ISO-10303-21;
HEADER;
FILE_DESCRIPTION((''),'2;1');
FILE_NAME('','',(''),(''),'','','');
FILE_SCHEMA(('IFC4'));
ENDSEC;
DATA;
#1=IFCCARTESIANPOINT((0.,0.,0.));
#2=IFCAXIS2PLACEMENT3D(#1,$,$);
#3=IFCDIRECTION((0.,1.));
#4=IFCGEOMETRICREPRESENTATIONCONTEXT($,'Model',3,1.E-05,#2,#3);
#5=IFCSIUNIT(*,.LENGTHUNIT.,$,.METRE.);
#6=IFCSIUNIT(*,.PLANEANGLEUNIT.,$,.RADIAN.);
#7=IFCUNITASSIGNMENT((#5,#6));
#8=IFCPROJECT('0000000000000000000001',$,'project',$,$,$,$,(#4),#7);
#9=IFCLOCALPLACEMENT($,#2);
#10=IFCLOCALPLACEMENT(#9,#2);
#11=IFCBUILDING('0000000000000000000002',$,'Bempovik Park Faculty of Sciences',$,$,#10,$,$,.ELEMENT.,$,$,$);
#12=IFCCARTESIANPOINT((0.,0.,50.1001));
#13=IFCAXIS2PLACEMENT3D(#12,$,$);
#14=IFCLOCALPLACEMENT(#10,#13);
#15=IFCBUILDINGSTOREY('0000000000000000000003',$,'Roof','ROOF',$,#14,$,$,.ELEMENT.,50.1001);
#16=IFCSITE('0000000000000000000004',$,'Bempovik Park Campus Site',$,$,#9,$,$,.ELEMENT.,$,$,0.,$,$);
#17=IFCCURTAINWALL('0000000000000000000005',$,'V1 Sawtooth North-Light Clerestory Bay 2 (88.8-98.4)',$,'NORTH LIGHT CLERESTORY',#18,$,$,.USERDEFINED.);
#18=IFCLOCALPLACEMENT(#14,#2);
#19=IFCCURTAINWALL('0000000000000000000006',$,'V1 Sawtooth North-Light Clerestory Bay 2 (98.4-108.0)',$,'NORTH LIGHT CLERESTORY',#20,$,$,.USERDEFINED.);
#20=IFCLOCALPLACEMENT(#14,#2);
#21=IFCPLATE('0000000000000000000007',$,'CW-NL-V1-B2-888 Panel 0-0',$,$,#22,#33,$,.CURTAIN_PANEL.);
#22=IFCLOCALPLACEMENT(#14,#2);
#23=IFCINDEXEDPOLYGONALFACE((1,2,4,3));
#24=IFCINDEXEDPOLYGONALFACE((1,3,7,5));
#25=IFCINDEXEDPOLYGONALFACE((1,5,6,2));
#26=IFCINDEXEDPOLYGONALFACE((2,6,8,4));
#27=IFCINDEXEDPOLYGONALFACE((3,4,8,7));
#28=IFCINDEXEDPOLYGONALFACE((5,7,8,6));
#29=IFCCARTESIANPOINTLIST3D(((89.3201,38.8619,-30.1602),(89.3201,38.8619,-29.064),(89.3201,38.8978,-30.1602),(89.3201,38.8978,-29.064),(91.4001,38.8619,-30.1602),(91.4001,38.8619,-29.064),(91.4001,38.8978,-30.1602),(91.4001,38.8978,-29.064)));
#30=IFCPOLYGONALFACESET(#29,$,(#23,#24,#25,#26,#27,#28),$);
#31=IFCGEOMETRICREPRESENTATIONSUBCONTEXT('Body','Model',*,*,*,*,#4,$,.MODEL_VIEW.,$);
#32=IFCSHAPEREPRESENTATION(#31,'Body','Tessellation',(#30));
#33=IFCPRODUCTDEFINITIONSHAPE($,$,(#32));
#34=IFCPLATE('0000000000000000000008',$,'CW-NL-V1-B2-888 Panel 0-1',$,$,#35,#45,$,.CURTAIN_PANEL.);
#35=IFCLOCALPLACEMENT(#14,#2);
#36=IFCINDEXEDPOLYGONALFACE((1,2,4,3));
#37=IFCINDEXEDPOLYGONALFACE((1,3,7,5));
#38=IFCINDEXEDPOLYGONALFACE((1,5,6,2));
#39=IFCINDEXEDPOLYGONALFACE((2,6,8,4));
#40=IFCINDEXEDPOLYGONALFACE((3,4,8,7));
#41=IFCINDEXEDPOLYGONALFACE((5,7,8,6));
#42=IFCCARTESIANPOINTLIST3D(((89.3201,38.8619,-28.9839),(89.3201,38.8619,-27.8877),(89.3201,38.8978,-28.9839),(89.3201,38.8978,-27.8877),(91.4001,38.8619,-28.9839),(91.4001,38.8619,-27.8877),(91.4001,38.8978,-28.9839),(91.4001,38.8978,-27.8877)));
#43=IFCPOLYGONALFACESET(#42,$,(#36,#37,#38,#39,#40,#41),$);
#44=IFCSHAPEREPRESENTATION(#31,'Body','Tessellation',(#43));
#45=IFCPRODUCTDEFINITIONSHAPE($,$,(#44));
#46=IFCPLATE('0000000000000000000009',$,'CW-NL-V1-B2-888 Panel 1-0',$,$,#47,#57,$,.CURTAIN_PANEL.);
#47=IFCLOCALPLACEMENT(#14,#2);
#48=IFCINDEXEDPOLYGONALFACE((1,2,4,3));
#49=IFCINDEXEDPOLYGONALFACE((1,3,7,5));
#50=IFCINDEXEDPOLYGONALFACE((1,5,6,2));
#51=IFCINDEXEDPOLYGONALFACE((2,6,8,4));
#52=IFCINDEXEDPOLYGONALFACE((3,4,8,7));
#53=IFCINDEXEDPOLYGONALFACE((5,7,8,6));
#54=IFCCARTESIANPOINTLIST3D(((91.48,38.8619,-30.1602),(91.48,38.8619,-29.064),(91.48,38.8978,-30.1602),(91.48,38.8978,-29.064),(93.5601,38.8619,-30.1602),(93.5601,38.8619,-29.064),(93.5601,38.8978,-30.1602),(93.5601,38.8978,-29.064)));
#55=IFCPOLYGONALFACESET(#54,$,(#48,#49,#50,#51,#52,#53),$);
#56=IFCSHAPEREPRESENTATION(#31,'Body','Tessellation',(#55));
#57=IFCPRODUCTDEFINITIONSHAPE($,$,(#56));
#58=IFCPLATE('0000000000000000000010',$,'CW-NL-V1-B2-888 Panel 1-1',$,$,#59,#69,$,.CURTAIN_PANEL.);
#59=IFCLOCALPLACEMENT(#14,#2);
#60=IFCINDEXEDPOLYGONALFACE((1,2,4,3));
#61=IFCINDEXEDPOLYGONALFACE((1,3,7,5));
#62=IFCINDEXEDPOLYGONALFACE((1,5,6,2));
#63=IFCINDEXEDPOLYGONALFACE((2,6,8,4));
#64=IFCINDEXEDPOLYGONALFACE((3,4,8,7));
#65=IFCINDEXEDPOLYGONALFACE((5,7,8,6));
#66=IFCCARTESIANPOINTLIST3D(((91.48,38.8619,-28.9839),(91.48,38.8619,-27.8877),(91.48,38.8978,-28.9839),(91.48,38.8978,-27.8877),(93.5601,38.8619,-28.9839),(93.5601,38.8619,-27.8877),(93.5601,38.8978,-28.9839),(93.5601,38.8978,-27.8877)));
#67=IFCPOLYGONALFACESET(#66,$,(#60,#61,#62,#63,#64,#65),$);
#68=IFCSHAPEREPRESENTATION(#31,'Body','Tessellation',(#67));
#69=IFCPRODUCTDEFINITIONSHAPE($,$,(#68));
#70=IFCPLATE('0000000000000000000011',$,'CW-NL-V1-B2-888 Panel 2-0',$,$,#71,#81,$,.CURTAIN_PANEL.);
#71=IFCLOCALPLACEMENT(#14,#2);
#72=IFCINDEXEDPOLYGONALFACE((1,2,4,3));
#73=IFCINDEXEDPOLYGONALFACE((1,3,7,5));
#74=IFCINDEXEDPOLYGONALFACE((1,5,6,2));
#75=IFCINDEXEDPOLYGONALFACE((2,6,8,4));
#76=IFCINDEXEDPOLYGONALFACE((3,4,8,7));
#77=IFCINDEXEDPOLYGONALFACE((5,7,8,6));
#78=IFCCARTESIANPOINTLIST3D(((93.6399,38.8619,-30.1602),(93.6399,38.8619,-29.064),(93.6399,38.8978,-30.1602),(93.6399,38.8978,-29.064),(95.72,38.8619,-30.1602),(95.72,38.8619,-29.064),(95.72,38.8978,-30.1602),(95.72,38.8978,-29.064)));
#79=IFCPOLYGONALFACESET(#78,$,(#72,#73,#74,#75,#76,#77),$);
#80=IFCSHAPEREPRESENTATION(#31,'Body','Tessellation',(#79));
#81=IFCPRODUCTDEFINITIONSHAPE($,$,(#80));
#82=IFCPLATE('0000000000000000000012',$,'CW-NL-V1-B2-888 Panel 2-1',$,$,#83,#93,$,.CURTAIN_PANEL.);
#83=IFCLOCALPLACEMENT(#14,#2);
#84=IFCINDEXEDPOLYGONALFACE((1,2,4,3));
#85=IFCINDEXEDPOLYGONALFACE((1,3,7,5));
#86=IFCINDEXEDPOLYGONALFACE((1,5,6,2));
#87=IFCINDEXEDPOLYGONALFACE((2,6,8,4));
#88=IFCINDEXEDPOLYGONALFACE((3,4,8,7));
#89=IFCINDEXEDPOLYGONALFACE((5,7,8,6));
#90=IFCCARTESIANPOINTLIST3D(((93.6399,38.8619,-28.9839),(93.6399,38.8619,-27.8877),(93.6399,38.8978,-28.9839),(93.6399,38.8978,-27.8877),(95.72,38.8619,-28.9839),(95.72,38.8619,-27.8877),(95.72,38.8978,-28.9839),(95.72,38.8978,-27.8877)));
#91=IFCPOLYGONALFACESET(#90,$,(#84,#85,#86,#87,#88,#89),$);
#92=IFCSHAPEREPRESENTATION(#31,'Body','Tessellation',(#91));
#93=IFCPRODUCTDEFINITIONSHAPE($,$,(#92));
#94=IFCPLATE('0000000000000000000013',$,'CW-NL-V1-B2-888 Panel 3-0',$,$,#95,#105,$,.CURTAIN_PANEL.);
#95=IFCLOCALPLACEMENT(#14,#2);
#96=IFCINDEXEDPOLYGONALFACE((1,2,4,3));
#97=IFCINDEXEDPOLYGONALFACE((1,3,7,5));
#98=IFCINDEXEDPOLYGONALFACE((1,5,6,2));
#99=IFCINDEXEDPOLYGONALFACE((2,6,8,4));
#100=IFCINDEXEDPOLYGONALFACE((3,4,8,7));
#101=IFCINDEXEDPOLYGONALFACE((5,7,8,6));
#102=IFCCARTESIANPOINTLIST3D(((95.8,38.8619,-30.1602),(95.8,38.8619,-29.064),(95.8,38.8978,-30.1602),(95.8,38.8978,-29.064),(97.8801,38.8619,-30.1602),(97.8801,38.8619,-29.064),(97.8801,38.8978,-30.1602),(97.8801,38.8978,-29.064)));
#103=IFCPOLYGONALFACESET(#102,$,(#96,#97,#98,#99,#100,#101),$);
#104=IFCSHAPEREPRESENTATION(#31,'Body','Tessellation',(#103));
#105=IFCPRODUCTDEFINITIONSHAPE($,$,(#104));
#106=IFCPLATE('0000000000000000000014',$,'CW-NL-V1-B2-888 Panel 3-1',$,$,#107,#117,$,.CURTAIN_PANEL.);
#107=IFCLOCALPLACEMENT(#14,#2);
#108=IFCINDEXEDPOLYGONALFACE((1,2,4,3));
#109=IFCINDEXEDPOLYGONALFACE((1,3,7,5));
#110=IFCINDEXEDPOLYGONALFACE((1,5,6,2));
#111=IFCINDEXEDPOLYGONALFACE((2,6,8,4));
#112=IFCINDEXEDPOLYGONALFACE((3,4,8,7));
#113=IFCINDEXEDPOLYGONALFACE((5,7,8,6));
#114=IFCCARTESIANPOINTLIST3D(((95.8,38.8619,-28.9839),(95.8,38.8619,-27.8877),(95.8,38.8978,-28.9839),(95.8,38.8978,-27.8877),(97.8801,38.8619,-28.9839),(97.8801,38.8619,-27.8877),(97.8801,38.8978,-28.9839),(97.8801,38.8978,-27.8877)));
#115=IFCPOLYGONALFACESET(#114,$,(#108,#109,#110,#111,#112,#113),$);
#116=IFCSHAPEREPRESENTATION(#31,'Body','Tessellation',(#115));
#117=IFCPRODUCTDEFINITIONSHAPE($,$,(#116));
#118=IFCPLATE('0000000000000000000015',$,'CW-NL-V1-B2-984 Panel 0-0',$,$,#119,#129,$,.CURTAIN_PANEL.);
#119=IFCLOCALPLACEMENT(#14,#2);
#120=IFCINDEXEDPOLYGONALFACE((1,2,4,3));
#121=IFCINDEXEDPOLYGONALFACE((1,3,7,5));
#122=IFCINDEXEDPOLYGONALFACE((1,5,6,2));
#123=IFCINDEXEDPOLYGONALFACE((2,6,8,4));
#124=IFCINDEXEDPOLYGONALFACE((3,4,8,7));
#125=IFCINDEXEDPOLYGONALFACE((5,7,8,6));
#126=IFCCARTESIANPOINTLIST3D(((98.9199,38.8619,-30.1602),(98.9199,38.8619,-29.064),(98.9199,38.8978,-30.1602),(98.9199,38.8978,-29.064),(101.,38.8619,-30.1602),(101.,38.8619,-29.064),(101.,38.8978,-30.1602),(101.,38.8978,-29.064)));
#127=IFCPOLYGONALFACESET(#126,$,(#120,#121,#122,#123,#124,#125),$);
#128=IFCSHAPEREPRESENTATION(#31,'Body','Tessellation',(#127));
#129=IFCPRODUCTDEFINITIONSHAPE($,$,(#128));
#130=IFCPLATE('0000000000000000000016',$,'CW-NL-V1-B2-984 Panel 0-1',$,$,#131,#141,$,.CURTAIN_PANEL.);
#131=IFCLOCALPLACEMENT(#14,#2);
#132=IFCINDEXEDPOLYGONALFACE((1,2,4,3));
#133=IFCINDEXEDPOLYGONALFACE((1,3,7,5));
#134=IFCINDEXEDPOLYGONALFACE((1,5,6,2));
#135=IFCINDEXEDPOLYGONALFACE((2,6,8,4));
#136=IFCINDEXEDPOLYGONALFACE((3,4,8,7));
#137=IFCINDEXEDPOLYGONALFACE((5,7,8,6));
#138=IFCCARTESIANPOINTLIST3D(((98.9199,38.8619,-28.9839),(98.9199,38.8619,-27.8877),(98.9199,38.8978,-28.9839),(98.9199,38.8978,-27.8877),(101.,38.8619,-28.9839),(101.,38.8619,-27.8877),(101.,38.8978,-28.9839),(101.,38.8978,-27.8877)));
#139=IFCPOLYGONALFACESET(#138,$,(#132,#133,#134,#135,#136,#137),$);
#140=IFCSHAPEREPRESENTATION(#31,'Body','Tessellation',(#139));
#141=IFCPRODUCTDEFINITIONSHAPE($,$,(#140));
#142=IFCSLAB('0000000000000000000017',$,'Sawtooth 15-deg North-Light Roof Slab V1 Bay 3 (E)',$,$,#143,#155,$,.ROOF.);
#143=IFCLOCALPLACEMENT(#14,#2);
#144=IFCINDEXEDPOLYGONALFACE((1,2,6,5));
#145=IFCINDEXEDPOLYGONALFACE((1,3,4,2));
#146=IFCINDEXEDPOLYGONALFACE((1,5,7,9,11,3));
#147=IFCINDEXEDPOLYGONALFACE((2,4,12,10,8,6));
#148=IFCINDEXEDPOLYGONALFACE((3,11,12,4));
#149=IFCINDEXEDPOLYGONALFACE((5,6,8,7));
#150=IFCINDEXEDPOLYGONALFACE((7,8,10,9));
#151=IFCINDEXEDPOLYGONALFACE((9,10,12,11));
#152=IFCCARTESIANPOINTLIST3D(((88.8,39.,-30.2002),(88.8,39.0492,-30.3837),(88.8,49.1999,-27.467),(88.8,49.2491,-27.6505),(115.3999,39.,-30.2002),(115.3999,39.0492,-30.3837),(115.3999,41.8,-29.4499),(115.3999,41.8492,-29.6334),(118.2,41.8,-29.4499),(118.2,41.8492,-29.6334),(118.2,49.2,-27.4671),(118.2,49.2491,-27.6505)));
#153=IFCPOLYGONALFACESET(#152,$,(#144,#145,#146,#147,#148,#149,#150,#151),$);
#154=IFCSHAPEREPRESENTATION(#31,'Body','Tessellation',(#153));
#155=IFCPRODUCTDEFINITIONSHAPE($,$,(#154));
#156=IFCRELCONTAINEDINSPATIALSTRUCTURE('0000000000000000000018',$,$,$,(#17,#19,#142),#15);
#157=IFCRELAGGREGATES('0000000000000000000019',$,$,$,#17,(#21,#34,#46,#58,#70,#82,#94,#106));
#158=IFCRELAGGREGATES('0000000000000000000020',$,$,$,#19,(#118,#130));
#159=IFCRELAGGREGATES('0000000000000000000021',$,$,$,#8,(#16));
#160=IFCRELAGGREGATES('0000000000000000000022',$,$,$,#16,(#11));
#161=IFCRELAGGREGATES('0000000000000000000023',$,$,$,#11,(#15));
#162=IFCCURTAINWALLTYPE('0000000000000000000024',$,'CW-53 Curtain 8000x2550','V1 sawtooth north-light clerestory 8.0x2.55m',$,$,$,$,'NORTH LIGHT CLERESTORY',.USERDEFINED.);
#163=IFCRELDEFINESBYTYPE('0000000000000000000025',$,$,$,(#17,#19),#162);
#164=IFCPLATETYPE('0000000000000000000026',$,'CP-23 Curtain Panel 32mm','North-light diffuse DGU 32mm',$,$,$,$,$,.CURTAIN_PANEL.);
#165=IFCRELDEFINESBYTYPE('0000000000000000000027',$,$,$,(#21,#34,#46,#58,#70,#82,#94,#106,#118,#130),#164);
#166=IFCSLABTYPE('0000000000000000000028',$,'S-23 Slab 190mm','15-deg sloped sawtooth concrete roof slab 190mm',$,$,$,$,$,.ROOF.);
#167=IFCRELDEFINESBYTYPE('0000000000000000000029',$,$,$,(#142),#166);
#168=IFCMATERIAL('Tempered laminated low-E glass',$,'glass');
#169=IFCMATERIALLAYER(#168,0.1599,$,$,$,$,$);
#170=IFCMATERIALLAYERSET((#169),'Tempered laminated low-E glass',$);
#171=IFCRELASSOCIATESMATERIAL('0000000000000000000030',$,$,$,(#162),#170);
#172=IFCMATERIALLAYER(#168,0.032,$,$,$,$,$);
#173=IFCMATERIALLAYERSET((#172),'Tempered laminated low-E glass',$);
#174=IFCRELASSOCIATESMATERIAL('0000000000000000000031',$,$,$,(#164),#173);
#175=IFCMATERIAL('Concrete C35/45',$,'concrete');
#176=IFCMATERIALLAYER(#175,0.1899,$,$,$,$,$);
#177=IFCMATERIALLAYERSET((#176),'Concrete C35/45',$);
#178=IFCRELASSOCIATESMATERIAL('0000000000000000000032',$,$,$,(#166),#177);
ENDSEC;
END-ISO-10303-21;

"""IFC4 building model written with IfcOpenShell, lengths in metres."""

from ifc_helpers import new_model, si_unit, direction, frame, origin, origin_2d, place, context, subcontext, project, spatial, polyline, rectangle, outline, extrude, material, layer, layer_set, type_object, element, aggregate, save


model = new_model("IFC4")

# Units and contexts
model_context = context("Model", 3, precision=1e-05, world=origin(), true_north=direction((0.0, 1.0)))
body_context = subcontext(model_context, "Body", "Model", "MODEL_VIEW")
ifc_project = project(units=[si_unit("LENGTHUNIT", "METRE"), si_unit("PLANEANGLEUNIT", "RADIAN")], contexts=[model_context])

# Site, building, storey
site_placement = place(None, origin())
site = spatial("IfcSite", under=ifc_project, at=site_placement, Name="Bempovik Park Campus Site", CompositionType="ELEMENT", RefElevation=0.0)
building_placement = place(site_placement, origin())
building = spatial("IfcBuilding", under=site, at=building_placement, Name="Bempovik Park Faculty of Sciences", CompositionType="ELEMENT")
storey_placement = place(building_placement, frame((0.0, 0.0, 50.1001)))
storey = spatial("IfcBuildingStorey", under=building, at=storey_placement, Name="Roof", Description="ROOF", CompositionType="ELEMENT", Elevation=50.1001)

# Curtain walls
ifc_material_1 = material(Name="Tempered laminated low-E glass", Category="glass")
ifc_layer_1 = layer(ifc_material_1, 0.1599)
ifc_layer_set_1 = layer_set([ifc_layer_1], Name="Tempered laminated low-E glass")
curtain_wall_type = type_object("IfcCurtainWallType", Name="CW-53 Curtain 8000x2550", Description="V1 sawtooth north-light clerestory 8.0x2.55m", ElementType="NORTH LIGHT CLERESTORY", PredefinedType="USERDEFINED", material=ifc_layer_set_1)
curtain_wall_1_placement = place(storey_placement, origin())
curtain_wall_1 = element("IfcCurtainWall", 1, at=curtain_wall_1_placement, inside=storey, type_object=curtain_wall_type, Name="V1 Sawtooth North-Light Clerestory Bay 2 (88.8-98.4)", ObjectType="NORTH LIGHT CLERESTORY", PredefinedType="USERDEFINED")
curtain_wall_2_placement = place(storey_placement, origin())
curtain_wall_2 = element("IfcCurtainWall", 2, at=curtain_wall_2_placement, inside=storey, type_object=curtain_wall_type, Name="V1 Sawtooth North-Light Clerestory Bay 2 (98.4-108.0)", ObjectType="NORTH LIGHT CLERESTORY", PredefinedType="USERDEFINED")

# Plates
ifc_layer_2 = layer(ifc_material_1, 0.032)
ifc_layer_set_2 = layer_set([ifc_layer_2], Name="Tempered laminated low-E glass")
plate_type = type_object("IfcPlateType", Name="CP-23 Curtain Panel 32mm", Description="North-light diffuse DGU 32mm", PredefinedType="CURTAIN_PANEL", material=ifc_layer_set_2)
plate_1_placement = place(storey_placement, frame((90.3601, 38.8799, -30.1602), z_axis=(0.0, 0.0, 1.0), x_axis=(1.0, 0.0, 0.0)))
plate_1 = element("IfcPlate", 3, at=plate_1_placement, type_object=plate_type, Name="CW-NL-V1-B2-888 Panel 0-0", PredefinedType="CURTAIN_PANEL", context=body_context, shape_type="SweptSolid", body=[
    extrude(rectangle(XDim=2.0801, YDim=0.0359, at=origin_2d()), origin(), (0.0, 0.0, 1.0), 1.0962),
])
plate_2_placement = place(storey_placement, frame((90.3601, 38.8799, -28.9839), z_axis=(0.0, 0.0, 1.0), x_axis=(1.0, 0.0, 0.0)))
plate_2 = element("IfcPlate", 4, at=plate_2_placement, type_object=plate_type, Name="CW-NL-V1-B2-888 Panel 0-1", PredefinedType="CURTAIN_PANEL", context=body_context, shape_type="SweptSolid", body=[
    extrude(rectangle(XDim=2.0801, YDim=0.0359, at=origin_2d()), origin(), (0.0, 0.0, 1.0), 1.0962),
])
plate_3_placement = place(storey_placement, frame((92.52, 38.8799, -30.1602), z_axis=(0.0, 0.0, 1.0), x_axis=(1.0, 0.0, 0.0)))
plate_3 = element("IfcPlate", 5, at=plate_3_placement, type_object=plate_type, Name="CW-NL-V1-B2-888 Panel 1-0", PredefinedType="CURTAIN_PANEL", context=body_context, shape_type="SweptSolid", body=[
    extrude(rectangle(XDim=2.0801, YDim=0.0359, at=origin_2d()), origin(), (0.0, 0.0, 1.0), 1.0962),
])
plate_4_placement = place(storey_placement, frame((92.52, 38.8799, -28.9839), z_axis=(0.0, 0.0, 1.0), x_axis=(1.0, 0.0, 0.0)))
plate_4 = element("IfcPlate", 6, at=plate_4_placement, type_object=plate_type, Name="CW-NL-V1-B2-888 Panel 1-1", PredefinedType="CURTAIN_PANEL", context=body_context, shape_type="SweptSolid", body=[
    extrude(rectangle(XDim=2.0801, YDim=0.0359, at=origin_2d()), origin(), (0.0, 0.0, 1.0), 1.0962),
])
plate_5_placement = place(storey_placement, frame((94.6799, 38.8799, -30.1602), z_axis=(0.0, 0.0, 1.0), x_axis=(1.0, 0.0, 0.0)))
plate_5 = element("IfcPlate", 7, at=plate_5_placement, type_object=plate_type, Name="CW-NL-V1-B2-888 Panel 2-0", PredefinedType="CURTAIN_PANEL", context=body_context, shape_type="SweptSolid", body=[
    extrude(rectangle(XDim=2.0801, YDim=0.0359, at=origin_2d()), origin(), (0.0, 0.0, 1.0), 1.0962),
])
plate_6_placement = place(storey_placement, frame((94.6799, 38.8799, -28.9839), z_axis=(0.0, 0.0, 1.0), x_axis=(1.0, 0.0, 0.0)))
plate_6 = element("IfcPlate", 8, at=plate_6_placement, type_object=plate_type, Name="CW-NL-V1-B2-888 Panel 2-1", PredefinedType="CURTAIN_PANEL", context=body_context, shape_type="SweptSolid", body=[
    extrude(rectangle(XDim=2.0801, YDim=0.0359, at=origin_2d()), origin(), (0.0, 0.0, 1.0), 1.0962),
])
plate_7_placement = place(storey_placement, frame((96.8401, 38.8799, -30.1602), z_axis=(0.0, 0.0, 1.0), x_axis=(1.0, 0.0, 0.0)))
plate_7 = element("IfcPlate", 9, at=plate_7_placement, type_object=plate_type, Name="CW-NL-V1-B2-888 Panel 3-0", PredefinedType="CURTAIN_PANEL", context=body_context, shape_type="SweptSolid", body=[
    extrude(rectangle(XDim=2.0801, YDim=0.0359, at=origin_2d()), origin(), (0.0, 0.0, 1.0), 1.0962),
])
plate_8_placement = place(storey_placement, frame((96.8401, 38.8799, -28.9839), z_axis=(0.0, 0.0, 1.0), x_axis=(1.0, 0.0, 0.0)))
plate_8 = element("IfcPlate", 10, at=plate_8_placement, type_object=plate_type, Name="CW-NL-V1-B2-888 Panel 3-1", PredefinedType="CURTAIN_PANEL", context=body_context, shape_type="SweptSolid", body=[
    extrude(rectangle(XDim=2.0801, YDim=0.0359, at=origin_2d()), origin(), (0.0, 0.0, 1.0), 1.0962),
])
aggregate(curtain_wall_1, [plate_1, plate_2, plate_3, plate_4, plate_5, plate_6, plate_7, plate_8])
plate_9_placement = place(storey_placement, frame((99.96, 38.8799, -30.1602), z_axis=(0.0, 0.0, 1.0), x_axis=(1.0, 0.0, 0.0)))
plate_9 = element("IfcPlate", 11, at=plate_9_placement, type_object=plate_type, Name="CW-NL-V1-B2-984 Panel 0-0", PredefinedType="CURTAIN_PANEL", context=body_context, shape_type="SweptSolid", body=[
    extrude(rectangle(XDim=2.0801, YDim=0.0359, at=origin_2d()), origin(), (0.0, 0.0, 1.0), 1.0962),
])
plate_10_placement = place(storey_placement, frame((99.96, 38.8799, -28.9839), z_axis=(0.0, 0.0, 1.0), x_axis=(1.0, 0.0, 0.0)))
plate_10 = element("IfcPlate", 12, at=plate_10_placement, type_object=plate_type, Name="CW-NL-V1-B2-984 Panel 0-1", PredefinedType="CURTAIN_PANEL", context=body_context, shape_type="SweptSolid", body=[
    extrude(rectangle(XDim=2.0801, YDim=0.0359, at=origin_2d()), origin(), (0.0, 0.0, 1.0), 1.0962),
])
aggregate(curtain_wall_2, [plate_9, plate_10])

# Slab
ifc_material_2 = material(Name="Concrete C35/45", Category="concrete")
ifc_layer_3 = layer(ifc_material_2, 0.1899)
ifc_layer_set_3 = layer_set([ifc_layer_3], Name="Concrete C35/45")
slab_type = type_object("IfcSlabType", Name="S-23 Slab 190mm", Description="15-deg sloped sawtooth concrete roof slab 190mm", PredefinedType="ROOF", material=ifc_layer_set_3)
slab_placement = place(storey_placement, frame((88.8, 39.0, -30.2002), z_axis=(0.000001, -0.258827, 0.965924), x_axis=(1.0, 0.0, -0.000001)))
element("IfcSlab", 13, at=slab_placement, inside=storey, type_object=slab_type, Name="Sawtooth 15-deg North-Light Roof Slab V1 Bay 3 (E)", PredefinedType="ROOF", context=body_context, shape_type="SweptSolid", body=[
    extrude(outline(polyline([(0.0, 0.0), (26.5999, 0.0), (26.5999, 2.8988), (29.3999, 2.8988), (29.3999, 10.5598), (0.0, 10.5598), (0.0, 0.0)])), origin(), (0.0, 0.0, -1.0), 0.1899),
])

save(model, "model.ifc")
